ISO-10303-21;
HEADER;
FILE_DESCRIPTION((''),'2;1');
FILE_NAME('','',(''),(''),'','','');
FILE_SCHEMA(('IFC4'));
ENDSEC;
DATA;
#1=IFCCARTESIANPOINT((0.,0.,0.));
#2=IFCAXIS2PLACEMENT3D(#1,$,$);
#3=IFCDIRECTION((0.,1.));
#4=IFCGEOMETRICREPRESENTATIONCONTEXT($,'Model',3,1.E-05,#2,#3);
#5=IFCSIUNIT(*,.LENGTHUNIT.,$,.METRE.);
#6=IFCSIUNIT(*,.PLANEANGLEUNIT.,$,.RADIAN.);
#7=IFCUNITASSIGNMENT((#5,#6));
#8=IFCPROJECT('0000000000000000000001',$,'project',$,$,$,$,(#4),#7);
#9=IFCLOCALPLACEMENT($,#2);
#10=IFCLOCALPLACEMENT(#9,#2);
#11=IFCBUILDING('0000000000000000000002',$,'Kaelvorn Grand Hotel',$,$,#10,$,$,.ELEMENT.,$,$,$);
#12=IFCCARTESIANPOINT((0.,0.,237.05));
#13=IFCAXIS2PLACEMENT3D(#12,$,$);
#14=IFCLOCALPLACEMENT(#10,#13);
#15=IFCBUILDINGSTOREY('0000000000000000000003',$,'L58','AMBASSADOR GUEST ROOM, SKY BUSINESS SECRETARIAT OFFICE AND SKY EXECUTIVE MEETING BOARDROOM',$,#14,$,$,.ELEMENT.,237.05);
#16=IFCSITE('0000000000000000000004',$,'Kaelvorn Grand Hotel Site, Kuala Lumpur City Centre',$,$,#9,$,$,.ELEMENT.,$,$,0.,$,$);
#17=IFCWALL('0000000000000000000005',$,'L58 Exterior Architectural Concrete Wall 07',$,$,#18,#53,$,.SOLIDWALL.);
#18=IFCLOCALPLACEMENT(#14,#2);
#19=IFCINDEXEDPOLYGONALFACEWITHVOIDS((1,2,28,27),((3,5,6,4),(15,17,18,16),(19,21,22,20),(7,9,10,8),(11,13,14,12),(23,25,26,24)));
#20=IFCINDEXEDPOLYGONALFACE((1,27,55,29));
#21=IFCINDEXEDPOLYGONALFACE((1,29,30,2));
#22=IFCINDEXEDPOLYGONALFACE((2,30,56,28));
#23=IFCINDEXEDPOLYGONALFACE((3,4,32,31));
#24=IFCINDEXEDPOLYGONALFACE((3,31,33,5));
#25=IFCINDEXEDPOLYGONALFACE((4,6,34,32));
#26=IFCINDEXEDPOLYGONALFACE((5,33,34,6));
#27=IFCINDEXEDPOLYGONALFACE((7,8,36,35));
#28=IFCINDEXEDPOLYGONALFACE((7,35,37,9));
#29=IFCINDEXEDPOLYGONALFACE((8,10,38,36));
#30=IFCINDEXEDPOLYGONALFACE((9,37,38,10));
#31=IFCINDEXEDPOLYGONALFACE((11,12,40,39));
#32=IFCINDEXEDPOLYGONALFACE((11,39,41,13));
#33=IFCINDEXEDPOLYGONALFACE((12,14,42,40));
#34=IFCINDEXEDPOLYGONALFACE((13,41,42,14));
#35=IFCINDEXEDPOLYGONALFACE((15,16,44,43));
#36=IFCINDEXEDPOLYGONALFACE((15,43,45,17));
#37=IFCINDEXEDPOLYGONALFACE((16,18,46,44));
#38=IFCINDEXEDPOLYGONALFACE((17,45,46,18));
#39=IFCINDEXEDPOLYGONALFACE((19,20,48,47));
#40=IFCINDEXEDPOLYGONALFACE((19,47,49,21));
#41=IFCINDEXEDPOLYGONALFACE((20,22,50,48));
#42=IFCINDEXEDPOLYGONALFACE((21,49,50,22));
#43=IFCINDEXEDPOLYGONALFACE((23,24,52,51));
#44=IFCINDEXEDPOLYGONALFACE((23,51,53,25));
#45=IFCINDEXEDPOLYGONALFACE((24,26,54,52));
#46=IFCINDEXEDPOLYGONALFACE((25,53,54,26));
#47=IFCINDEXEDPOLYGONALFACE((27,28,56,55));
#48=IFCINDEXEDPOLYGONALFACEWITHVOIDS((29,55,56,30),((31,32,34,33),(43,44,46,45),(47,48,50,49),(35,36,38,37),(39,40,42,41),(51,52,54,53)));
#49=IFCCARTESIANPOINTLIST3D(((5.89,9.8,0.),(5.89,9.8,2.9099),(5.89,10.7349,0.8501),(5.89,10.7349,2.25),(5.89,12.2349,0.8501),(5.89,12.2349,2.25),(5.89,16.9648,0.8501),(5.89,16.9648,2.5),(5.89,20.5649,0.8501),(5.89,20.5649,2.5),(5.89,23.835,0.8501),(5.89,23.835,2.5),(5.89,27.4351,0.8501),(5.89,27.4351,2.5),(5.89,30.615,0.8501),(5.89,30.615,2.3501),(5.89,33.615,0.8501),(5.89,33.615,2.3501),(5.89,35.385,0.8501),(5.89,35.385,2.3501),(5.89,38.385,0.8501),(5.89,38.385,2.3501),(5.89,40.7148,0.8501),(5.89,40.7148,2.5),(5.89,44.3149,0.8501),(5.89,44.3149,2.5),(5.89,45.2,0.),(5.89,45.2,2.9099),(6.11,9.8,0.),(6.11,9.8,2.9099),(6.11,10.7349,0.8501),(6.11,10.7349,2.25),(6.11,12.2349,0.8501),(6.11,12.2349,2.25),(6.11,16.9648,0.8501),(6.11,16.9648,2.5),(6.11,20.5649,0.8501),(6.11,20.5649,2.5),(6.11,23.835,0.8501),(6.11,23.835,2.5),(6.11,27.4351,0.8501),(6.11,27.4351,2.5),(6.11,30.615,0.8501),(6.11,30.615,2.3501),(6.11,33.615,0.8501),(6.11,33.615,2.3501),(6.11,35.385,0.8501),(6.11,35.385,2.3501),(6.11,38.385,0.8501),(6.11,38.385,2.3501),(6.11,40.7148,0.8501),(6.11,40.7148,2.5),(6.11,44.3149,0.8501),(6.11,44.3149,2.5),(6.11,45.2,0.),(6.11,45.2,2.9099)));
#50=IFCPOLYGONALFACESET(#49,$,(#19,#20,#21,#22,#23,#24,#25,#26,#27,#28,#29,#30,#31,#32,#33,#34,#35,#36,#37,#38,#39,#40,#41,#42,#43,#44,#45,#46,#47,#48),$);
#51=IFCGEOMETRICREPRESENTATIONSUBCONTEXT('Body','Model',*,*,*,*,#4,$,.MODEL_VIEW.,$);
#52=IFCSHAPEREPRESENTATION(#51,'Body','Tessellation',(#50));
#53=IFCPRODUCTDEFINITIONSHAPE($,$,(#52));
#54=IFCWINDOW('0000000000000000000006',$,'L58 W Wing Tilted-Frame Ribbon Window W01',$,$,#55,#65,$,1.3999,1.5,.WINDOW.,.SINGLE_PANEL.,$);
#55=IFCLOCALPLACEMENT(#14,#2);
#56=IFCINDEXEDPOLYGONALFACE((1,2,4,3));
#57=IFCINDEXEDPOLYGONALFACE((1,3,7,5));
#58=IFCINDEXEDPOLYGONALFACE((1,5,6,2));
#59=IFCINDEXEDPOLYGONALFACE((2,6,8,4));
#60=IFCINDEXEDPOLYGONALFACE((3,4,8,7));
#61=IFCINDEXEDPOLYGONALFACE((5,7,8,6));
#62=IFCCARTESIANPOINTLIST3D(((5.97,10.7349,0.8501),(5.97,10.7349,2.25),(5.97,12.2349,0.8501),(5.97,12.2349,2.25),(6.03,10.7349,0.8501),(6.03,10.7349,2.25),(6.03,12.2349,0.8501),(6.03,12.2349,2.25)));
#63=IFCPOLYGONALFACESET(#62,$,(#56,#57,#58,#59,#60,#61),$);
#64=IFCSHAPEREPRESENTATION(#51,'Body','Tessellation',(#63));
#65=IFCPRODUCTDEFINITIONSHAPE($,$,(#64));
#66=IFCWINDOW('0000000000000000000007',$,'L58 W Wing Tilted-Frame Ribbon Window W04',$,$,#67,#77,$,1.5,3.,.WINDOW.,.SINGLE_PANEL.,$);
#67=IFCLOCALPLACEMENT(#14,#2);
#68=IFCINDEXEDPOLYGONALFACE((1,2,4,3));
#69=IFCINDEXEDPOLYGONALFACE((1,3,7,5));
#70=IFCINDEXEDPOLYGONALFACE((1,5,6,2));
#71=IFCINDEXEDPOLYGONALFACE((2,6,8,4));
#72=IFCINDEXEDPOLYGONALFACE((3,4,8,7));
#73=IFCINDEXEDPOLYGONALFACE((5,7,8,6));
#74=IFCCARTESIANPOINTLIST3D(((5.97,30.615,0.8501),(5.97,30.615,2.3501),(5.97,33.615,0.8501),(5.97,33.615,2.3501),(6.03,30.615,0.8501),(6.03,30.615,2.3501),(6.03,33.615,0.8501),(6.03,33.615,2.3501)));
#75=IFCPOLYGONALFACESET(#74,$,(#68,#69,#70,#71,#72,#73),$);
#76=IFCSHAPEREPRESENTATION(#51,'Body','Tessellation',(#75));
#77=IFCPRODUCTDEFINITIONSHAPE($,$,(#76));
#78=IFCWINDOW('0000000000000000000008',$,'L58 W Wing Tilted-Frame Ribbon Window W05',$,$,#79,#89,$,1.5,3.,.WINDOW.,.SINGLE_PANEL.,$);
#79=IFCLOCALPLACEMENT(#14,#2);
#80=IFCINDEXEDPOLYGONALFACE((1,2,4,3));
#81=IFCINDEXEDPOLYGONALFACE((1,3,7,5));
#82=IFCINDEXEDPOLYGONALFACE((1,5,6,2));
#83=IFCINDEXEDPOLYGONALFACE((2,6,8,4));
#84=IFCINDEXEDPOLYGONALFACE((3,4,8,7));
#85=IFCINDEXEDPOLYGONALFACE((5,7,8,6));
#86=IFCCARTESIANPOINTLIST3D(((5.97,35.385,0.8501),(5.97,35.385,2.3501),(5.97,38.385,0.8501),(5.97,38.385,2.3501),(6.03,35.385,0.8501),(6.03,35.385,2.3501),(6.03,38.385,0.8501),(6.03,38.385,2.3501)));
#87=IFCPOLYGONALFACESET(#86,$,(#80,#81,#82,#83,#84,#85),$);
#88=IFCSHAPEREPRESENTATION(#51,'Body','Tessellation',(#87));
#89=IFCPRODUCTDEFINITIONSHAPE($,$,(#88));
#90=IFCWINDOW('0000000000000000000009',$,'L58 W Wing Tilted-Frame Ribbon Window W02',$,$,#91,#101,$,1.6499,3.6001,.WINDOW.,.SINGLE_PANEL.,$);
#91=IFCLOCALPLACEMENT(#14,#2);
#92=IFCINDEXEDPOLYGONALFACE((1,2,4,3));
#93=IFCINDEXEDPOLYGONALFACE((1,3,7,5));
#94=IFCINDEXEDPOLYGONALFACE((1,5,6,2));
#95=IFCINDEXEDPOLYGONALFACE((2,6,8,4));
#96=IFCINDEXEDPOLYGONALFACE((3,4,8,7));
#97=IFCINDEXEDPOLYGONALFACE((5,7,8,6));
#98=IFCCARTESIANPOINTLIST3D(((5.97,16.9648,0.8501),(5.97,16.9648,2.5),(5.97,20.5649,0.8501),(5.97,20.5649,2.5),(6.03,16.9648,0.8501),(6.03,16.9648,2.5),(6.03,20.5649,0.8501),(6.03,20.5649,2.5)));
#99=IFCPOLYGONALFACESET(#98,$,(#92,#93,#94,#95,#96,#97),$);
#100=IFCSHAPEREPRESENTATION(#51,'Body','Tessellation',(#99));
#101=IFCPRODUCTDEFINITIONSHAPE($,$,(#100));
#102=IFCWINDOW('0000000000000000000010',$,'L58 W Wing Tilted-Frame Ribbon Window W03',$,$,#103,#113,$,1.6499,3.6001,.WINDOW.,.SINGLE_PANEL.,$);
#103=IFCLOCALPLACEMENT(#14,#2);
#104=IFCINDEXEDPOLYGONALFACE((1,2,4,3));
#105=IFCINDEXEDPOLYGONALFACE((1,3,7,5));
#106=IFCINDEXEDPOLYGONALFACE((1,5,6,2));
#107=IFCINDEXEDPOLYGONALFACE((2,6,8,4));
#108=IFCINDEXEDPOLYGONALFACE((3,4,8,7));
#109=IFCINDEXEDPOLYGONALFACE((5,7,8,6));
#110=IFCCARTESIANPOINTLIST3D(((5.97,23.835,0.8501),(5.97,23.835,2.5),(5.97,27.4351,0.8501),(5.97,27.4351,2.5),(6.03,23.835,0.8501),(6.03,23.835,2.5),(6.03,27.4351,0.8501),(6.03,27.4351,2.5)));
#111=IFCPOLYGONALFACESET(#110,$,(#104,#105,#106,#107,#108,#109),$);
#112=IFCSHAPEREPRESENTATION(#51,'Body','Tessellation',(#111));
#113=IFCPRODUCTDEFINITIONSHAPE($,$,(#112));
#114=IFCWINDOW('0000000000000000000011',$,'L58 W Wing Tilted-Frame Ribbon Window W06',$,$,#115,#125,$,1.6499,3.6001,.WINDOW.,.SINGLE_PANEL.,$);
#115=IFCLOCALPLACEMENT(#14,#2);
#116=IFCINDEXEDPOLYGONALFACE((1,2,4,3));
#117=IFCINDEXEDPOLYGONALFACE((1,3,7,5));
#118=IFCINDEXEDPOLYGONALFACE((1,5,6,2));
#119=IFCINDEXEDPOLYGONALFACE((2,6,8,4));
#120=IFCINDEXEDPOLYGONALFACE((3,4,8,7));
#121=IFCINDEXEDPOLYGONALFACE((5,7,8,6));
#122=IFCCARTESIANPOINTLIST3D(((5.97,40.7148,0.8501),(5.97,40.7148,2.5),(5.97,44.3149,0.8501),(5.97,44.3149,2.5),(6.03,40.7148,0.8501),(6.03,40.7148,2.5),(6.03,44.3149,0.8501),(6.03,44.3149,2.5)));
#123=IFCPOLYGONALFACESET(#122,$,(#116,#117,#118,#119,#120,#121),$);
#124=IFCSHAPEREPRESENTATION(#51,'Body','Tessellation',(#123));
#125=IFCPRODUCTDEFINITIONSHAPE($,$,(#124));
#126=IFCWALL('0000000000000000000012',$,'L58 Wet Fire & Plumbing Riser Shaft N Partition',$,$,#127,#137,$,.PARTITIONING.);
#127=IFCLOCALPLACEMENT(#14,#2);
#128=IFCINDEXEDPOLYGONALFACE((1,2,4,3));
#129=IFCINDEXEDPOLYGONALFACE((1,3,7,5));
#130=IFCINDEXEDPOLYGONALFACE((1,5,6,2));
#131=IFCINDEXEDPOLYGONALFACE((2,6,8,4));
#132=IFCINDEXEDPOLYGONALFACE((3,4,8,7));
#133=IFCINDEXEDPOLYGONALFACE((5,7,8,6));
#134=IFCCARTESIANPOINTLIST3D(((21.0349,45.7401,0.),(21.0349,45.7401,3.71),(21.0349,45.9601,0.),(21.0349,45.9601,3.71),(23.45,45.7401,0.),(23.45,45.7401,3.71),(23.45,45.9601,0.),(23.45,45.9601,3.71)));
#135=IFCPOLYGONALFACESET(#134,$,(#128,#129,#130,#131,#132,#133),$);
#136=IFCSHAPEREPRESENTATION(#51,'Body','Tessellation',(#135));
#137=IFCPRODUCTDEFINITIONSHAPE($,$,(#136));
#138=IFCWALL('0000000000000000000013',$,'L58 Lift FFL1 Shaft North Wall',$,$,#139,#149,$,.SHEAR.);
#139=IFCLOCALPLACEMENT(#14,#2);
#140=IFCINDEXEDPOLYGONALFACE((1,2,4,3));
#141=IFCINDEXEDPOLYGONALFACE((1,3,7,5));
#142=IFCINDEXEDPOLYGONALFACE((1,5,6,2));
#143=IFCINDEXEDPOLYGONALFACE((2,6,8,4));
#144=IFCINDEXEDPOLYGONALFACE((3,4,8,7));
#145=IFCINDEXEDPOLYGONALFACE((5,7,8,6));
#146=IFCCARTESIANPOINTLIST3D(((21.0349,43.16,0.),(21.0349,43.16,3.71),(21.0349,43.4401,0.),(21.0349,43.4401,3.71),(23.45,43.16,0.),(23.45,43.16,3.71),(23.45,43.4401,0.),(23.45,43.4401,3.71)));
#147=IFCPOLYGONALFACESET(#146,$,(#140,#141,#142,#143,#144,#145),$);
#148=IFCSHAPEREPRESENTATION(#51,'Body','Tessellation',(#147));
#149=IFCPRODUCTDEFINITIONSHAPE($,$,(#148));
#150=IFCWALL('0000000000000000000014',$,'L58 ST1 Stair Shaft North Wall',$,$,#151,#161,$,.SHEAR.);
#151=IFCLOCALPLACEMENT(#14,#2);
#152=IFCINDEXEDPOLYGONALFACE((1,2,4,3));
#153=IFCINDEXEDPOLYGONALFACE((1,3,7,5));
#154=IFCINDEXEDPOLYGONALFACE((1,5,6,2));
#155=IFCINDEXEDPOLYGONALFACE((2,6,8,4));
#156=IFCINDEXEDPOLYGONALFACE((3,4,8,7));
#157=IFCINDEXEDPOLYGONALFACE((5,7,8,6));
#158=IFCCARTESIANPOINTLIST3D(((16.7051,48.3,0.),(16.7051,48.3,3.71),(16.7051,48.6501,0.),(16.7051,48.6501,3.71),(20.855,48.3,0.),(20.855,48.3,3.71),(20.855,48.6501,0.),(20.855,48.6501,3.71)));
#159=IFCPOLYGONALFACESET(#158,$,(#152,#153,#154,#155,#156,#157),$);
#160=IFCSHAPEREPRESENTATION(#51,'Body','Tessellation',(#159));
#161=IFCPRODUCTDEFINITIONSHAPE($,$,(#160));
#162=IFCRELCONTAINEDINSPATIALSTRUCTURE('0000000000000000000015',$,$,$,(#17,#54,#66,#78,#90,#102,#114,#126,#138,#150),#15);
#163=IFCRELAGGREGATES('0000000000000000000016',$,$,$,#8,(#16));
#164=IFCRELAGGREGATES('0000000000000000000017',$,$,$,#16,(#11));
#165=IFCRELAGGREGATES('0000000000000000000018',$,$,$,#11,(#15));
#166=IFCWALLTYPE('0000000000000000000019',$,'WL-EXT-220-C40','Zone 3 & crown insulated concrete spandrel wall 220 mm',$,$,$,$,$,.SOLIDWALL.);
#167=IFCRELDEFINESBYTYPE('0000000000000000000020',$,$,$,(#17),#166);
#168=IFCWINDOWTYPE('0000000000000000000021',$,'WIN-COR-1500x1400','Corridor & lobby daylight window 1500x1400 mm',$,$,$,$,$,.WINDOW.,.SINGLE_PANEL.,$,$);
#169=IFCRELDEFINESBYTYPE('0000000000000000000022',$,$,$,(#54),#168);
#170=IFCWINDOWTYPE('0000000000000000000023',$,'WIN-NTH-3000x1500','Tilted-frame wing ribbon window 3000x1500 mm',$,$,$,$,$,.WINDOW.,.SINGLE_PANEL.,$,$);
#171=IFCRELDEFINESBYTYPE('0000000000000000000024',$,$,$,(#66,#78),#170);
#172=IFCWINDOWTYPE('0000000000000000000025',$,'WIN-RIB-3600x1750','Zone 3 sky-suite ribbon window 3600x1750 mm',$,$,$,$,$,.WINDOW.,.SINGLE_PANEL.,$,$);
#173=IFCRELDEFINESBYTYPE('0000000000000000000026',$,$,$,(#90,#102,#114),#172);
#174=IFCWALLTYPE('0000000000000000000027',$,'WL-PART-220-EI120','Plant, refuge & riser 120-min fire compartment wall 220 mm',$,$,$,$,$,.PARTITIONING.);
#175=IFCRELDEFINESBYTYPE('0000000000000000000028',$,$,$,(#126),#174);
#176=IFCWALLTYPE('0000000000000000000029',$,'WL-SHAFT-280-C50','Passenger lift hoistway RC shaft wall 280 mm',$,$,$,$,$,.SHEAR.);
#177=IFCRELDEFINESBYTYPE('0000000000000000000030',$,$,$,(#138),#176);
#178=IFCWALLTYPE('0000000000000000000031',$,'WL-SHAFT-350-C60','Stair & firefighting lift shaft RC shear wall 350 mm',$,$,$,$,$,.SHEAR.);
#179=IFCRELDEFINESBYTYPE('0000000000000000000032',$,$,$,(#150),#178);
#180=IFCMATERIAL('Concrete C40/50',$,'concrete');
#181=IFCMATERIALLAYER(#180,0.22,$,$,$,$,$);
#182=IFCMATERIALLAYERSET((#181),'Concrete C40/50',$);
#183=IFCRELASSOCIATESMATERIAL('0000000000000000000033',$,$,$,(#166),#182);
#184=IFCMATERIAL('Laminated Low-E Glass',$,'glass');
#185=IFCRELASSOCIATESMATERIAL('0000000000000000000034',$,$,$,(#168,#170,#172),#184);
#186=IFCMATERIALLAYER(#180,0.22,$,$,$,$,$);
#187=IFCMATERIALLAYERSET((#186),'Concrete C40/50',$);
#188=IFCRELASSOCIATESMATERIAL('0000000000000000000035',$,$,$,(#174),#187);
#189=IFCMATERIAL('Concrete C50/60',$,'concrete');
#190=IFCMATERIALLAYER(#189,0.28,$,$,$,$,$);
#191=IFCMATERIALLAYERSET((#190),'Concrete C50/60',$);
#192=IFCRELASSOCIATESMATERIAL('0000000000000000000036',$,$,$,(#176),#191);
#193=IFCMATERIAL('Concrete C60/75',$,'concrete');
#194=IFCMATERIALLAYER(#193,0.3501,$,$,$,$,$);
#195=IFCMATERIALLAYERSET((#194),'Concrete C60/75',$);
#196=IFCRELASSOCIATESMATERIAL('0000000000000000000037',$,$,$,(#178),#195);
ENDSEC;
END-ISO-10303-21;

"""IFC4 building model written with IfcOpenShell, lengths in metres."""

from ifc_helpers import new_model, si_unit, direction, frame, frame_2d, origin, place, context, subcontext, project, spatial, rectangle, extrude, material, layer, layer_set, type_object, element, fill, save


model = new_model("IFC4")

# Units and contexts
model_context = context("Model", 3, precision=1e-05, world=origin(), true_north=direction((0.0, 1.0)))
body_context = subcontext(model_context, "Body", "Model", "MODEL_VIEW")
ifc_project = project(units=[si_unit("LENGTHUNIT", "METRE"), si_unit("PLANEANGLEUNIT", "RADIAN")], contexts=[model_context])

# Site, building, storey
site_placement = place(None, origin())
site = spatial("IfcSite", under=ifc_project, at=site_placement, Name="Kaelvorn Grand Hotel Site, Kuala Lumpur City Centre", CompositionType="ELEMENT", RefElevation=0.0)
building_placement = place(site_placement, origin())
building = spatial("IfcBuilding", under=site, at=building_placement, Name="Kaelvorn Grand Hotel", CompositionType="ELEMENT")
storey_placement = place(building_placement, frame((0.0, 0.0, 237.05)))
storey = spatial("IfcBuildingStorey", under=building, at=storey_placement, Name="L58", Description="AMBASSADOR GUEST ROOM, SKY BUSINESS SECRETARIAT OFFICE AND SKY EXECUTIVE MEETING BOARDROOM", CompositionType="ELEMENT", Elevation=237.05)

# Shared definitions
ifc_material_1 = material(Name="Concrete C60/75", Category="concrete")
ifc_material_2 = material(Name="Concrete C50/60", Category="concrete")

# Shared definitions
ifc_material_3 = material(Name="Concrete C40/50", Category="concrete")
ifc_layer_1 = layer(ifc_material_3, 0.22)
ifc_layer_set_1 = layer_set([ifc_layer_1], Name="Concrete C40/50")
wall_type_1 = type_object("IfcWallType", Name="WL-EXT-220-C40", Description="Zone 3 & crown insulated concrete spandrel wall 220 mm", PredefinedType="SOLIDWALL", material=ifc_layer_set_1)
ifc_material_4 = material(Name="Laminated Low-E Glass", Category="glass")

# Wall, openings, windows
wall_1_placement = place(storey_placement, frame((6.0, 45.2, 0.0), z_axis=(0.0, 0.0, 1.0), x_axis=(0.0, -1.0, 0.0)))
wall_1 = element("IfcWall", 1, at=wall_1_placement, inside=storey, type_object=wall_type_1, Name="L58 Exterior Architectural Concrete Wall 07", PredefinedType="SOLIDWALL", context=body_context, shape_type="SweptSolid", body=[
    extrude(rectangle(XDim=35.3999, YDim=0.22, at=frame_2d((17.7, 0.0))), origin(), (0.0, 0.0, 1.0), 2.9099),
])
opening_1_placement = place(wall_1_placement, frame((32.9651, 0.0, 0.8501)))
opening_1 = element("IfcOpeningElement", 2, at=opening_1_placement, cuts=wall_1, PredefinedType="OPENING", context=body_context, shape_type="SweptSolid", body=[
    extrude(rectangle(XDim=1.5, YDim=1.3999, at=frame_2d((0.75, 0.7))), frame((0.0, 0.1201, 0.0), z_axis=(0.0, -1.0, 0.0), x_axis=(1.0, 0.0, 0.0)), (0.0, 0.0, 1.0), 0.24),
])
opening_2_placement = place(wall_1_placement, frame((24.635, 0.0, 0.8501)))
opening_2 = element("IfcOpeningElement", 3, at=opening_2_placement, cuts=wall_1, PredefinedType="OPENING", context=body_context, shape_type="SweptSolid", body=[
    extrude(rectangle(XDim=3.6001, YDim=1.6499, at=frame_2d((1.8, 0.825))), frame((0.0, 0.1201, 0.0), z_axis=(0.0, -1.0, 0.0), x_axis=(1.0, 0.0, 0.0)), (0.0, 0.0, 1.0), 0.24),
])
opening_3_placement = place(wall_1_placement, frame((17.7649, 0.0, 0.8501)))
opening_3 = element("IfcOpeningElement", 4, at=opening_3_placement, cuts=wall_1, PredefinedType="OPENING", context=body_context, shape_type="SweptSolid", body=[
    extrude(rectangle(XDim=3.6001, YDim=1.6499, at=frame_2d((1.8, 0.825))), frame((0.0, 0.1201, 0.0), z_axis=(0.0, -1.0, 0.0), x_axis=(1.0, 0.0, 0.0)), (0.0, 0.0, 1.0), 0.24),
])
opening_4_placement = place(wall_1_placement, frame((11.585, 0.0, 0.8501)))
opening_4 = element("IfcOpeningElement", 5, at=opening_4_placement, cuts=wall_1, PredefinedType="OPENING", context=body_context, shape_type="SweptSolid", body=[
    extrude(rectangle(XDim=3.0, YDim=1.5, at=frame_2d((1.5, 0.75))), frame((0.0, 0.1201, 0.0), z_axis=(0.0, -1.0, 0.0), x_axis=(1.0, 0.0, 0.0)), (0.0, 0.0, 1.0), 0.24),
])
opening_5_placement = place(wall_1_placement, frame((6.8149, 0.0, 0.8501)))
opening_5 = element("IfcOpeningElement", 6, at=opening_5_placement, cuts=wall_1, PredefinedType="OPENING", context=body_context, shape_type="SweptSolid", body=[
    extrude(rectangle(XDim=3.0, YDim=1.5, at=frame_2d((1.5, 0.75))), frame((0.0, 0.1201, 0.0), z_axis=(0.0, -1.0, 0.0), x_axis=(1.0, 0.0, 0.0)), (0.0, 0.0, 1.0), 0.24),
])
opening_6_placement = place(wall_1_placement, frame((0.885, 0.0, 0.8501)))
opening_6 = element("IfcOpeningElement", 7, at=opening_6_placement, cuts=wall_1, PredefinedType="OPENING", context=body_context, shape_type="SweptSolid", body=[
    extrude(rectangle(XDim=3.6001, YDim=1.6499, at=frame_2d((1.8, 0.825))), frame((0.0, 0.1201, 0.0), z_axis=(0.0, -1.0, 0.0), x_axis=(1.0, 0.0, 0.0)), (0.0, 0.0, 1.0), 0.24),
])
window_type_1 = type_object("IfcWindowType", Name="WIN-COR-1500x1400", Description="Corridor & lobby daylight window 1500x1400 mm", PartitioningType="SINGLE_PANEL", PredefinedType="WINDOW", material=ifc_material_4)
window_1_placement = place(opening_1_placement, origin())
window_1 = element("IfcWindow", 8, at=window_1_placement, inside=storey, type_object=window_type_1, Name="L58 W Wing Tilted-Frame Ribbon Window W01", OverallHeight=1.3999, OverallWidth=1.5, PartitioningType="SINGLE_PANEL", PredefinedType="WINDOW", context=body_context, shape_type="SweptSolid", body=[
    extrude(rectangle(XDim=1.5, YDim=1.3999, at=frame_2d((0.75, 0.7))), frame((0.0, 0.03, 0.0), z_axis=(0.0, -1.0, 0.0), x_axis=(1.0, 0.0, 0.0)), (0.0, 0.0, 1.0), 0.0601),
])
fill(opening_1, window_1)
window_type_2 = type_object("IfcWindowType", Name="WIN-NTH-3000x1500", Description="Tilted-frame wing ribbon window 3000x1500 mm", PartitioningType="SINGLE_PANEL", PredefinedType="WINDOW", material=ifc_material_4)
window_2_placement = place(opening_4_placement, origin())
window_2 = element("IfcWindow", 9, at=window_2_placement, inside=storey, type_object=window_type_2, Name="L58 W Wing Tilted-Frame Ribbon Window W04", OverallHeight=1.5, OverallWidth=3.0, PartitioningType="SINGLE_PANEL", PredefinedType="WINDOW", context=body_context, shape_type="SweptSolid", body=[
    extrude(rectangle(XDim=3.0, YDim=1.5, at=frame_2d((1.5, 0.75))), frame((0.0, 0.03, 0.0), z_axis=(0.0, -1.0, 0.0), x_axis=(1.0, 0.0, 0.0)), (0.0, 0.0, 1.0), 0.0601),
])
fill(opening_4, window_2)
window_3_placement = place(opening_5_placement, origin())
window_3 = element("IfcWindow", 10, at=window_3_placement, inside=storey, type_object=window_type_2, Name="L58 W Wing Tilted-Frame Ribbon Window W05", OverallHeight=1.5, OverallWidth=3.0, PartitioningType="SINGLE_PANEL", PredefinedType="WINDOW", context=body_context, shape_type="SweptSolid", body=[
    extrude(rectangle(XDim=3.0, YDim=1.5, at=frame_2d((1.5, 0.75))), frame((0.0, 0.03, 0.0), z_axis=(0.0, -1.0, 0.0), x_axis=(1.0, 0.0, 0.0)), (0.0, 0.0, 1.0), 0.0601),
])
fill(opening_5, window_3)
window_type_3 = type_object("IfcWindowType", Name="WIN-RIB-3600x1750", Description="Zone 3 sky-suite ribbon window 3600x1750 mm", PartitioningType="SINGLE_PANEL", PredefinedType="WINDOW", material=ifc_material_4)
window_4_placement = place(opening_2_placement, origin())
window_4 = element("IfcWindow", 11, at=window_4_placement, inside=storey, type_object=window_type_3, Name="L58 W Wing Tilted-Frame Ribbon Window W02", OverallHeight=1.6499, OverallWidth=3.6001, PartitioningType="SINGLE_PANEL", PredefinedType="WINDOW", context=body_context, shape_type="SweptSolid", body=[
    extrude(rectangle(XDim=3.6001, YDim=1.6499, at=frame_2d((1.8, 0.825))), frame((0.0, 0.03, 0.0), z_axis=(0.0, -1.0, 0.0), x_axis=(1.0, 0.0, 0.0)), (0.0, 0.0, 1.0), 0.0601),
])
fill(opening_2, window_4)
window_5_placement = place(opening_3_placement, origin())
window_5 = element("IfcWindow", 12, at=window_5_placement, inside=storey, type_object=window_type_3, Name="L58 W Wing Tilted-Frame Ribbon Window W03", OverallHeight=1.6499, OverallWidth=3.6001, PartitioningType="SINGLE_PANEL", PredefinedType="WINDOW", context=body_context, shape_type="SweptSolid", body=[
    extrude(rectangle(XDim=3.6001, YDim=1.6499, at=frame_2d((1.8, 0.825))), frame((0.0, 0.03, 0.0), z_axis=(0.0, -1.0, 0.0), x_axis=(1.0, 0.0, 0.0)), (0.0, 0.0, 1.0), 0.0601),
])
fill(opening_3, window_5)
window_6_placement = place(opening_6_placement, origin())
window_6 = element("IfcWindow", 13, at=window_6_placement, inside=storey, type_object=window_type_3, Name="L58 W Wing Tilted-Frame Ribbon Window W06", OverallHeight=1.6499, OverallWidth=3.6001, PartitioningType="SINGLE_PANEL", PredefinedType="WINDOW", context=body_context, shape_type="SweptSolid", body=[
    extrude(rectangle(XDim=3.6001, YDim=1.6499, at=frame_2d((1.8, 0.825))), frame((0.0, 0.03, 0.0), z_axis=(0.0, -1.0, 0.0), x_axis=(1.0, 0.0, 0.0)), (0.0, 0.0, 1.0), 0.0601),
])
fill(opening_6, window_6)

# Walls
ifc_layer_2 = layer(ifc_material_3, 0.22)
ifc_layer_set_2 = layer_set([ifc_layer_2], Name="Concrete C40/50")
wall_type_2 = type_object("IfcWallType", Name="WL-PART-220-EI120", Description="Plant, refuge & riser 120-min fire compartment wall 220 mm", PredefinedType="PARTITIONING", material=ifc_layer_set_2)
wall_2_placement = place(storey_placement, frame((21.0349, 45.8501, 0.0), z_axis=(0.0, 0.0, 1.0), x_axis=(1.0, 0.0, 0.0)))
element("IfcWall", 14, at=wall_2_placement, inside=storey, type_object=wall_type_2, Name="L58 Wet Fire & Plumbing Riser Shaft N Partition", PredefinedType="PARTITIONING", context=body_context, shape_type="SweptSolid", body=[
    extrude(rectangle(XDim=2.415, YDim=0.22, at=frame_2d((1.2075, 0.0))), origin(), (0.0, 0.0, 1.0), 3.71),
])
ifc_layer_3 = layer(ifc_material_2, 0.28)
ifc_layer_set_3 = layer_set([ifc_layer_3], Name="Concrete C50/60")
wall_type_3 = type_object("IfcWallType", Name="WL-SHAFT-280-C50", Description="Passenger lift hoistway RC shaft wall 280 mm", PredefinedType="SHEAR", material=ifc_layer_set_3)
wall_3_placement = place(storey_placement, frame((21.0349, 43.3, 0.0), z_axis=(0.0, 0.0, 1.0), x_axis=(1.0, 0.0, 0.0)))
element("IfcWall", 15, at=wall_3_placement, inside=storey, type_object=wall_type_3, Name="L58 Lift FFL1 Shaft North Wall", PredefinedType="SHEAR", context=body_context, shape_type="SweptSolid", body=[
    extrude(rectangle(XDim=2.415, YDim=0.28, at=frame_2d((1.2075, 0.0))), origin(), (0.0, 0.0, 1.0), 3.71),
])
ifc_layer_4 = layer(ifc_material_1, 0.3501)
ifc_layer_set_4 = layer_set([ifc_layer_4], Name="Concrete C60/75")
wall_type_4 = type_object("IfcWallType", Name="WL-SHAFT-350-C60", Description="Stair & firefighting lift shaft RC shear wall 350 mm", PredefinedType="SHEAR", material=ifc_layer_set_4)
wall_4_placement = place(storey_placement, frame((16.7051, 48.4751, 0.0), z_axis=(0.0, 0.0, 1.0), x_axis=(1.0, 0.0, 0.0)))
element("IfcWall", 16, at=wall_4_placement, inside=storey, type_object=wall_type_4, Name="L58 ST1 Stair Shaft North Wall", PredefinedType="SHEAR", context=body_context, shape_type="SweptSolid", body=[
    extrude(rectangle(XDim=4.1499, YDim=0.3501, at=frame_2d((2.075, 0.0))), origin(), (0.0, 0.0, 1.0), 3.71),
])

save(model, "model.ifc")
